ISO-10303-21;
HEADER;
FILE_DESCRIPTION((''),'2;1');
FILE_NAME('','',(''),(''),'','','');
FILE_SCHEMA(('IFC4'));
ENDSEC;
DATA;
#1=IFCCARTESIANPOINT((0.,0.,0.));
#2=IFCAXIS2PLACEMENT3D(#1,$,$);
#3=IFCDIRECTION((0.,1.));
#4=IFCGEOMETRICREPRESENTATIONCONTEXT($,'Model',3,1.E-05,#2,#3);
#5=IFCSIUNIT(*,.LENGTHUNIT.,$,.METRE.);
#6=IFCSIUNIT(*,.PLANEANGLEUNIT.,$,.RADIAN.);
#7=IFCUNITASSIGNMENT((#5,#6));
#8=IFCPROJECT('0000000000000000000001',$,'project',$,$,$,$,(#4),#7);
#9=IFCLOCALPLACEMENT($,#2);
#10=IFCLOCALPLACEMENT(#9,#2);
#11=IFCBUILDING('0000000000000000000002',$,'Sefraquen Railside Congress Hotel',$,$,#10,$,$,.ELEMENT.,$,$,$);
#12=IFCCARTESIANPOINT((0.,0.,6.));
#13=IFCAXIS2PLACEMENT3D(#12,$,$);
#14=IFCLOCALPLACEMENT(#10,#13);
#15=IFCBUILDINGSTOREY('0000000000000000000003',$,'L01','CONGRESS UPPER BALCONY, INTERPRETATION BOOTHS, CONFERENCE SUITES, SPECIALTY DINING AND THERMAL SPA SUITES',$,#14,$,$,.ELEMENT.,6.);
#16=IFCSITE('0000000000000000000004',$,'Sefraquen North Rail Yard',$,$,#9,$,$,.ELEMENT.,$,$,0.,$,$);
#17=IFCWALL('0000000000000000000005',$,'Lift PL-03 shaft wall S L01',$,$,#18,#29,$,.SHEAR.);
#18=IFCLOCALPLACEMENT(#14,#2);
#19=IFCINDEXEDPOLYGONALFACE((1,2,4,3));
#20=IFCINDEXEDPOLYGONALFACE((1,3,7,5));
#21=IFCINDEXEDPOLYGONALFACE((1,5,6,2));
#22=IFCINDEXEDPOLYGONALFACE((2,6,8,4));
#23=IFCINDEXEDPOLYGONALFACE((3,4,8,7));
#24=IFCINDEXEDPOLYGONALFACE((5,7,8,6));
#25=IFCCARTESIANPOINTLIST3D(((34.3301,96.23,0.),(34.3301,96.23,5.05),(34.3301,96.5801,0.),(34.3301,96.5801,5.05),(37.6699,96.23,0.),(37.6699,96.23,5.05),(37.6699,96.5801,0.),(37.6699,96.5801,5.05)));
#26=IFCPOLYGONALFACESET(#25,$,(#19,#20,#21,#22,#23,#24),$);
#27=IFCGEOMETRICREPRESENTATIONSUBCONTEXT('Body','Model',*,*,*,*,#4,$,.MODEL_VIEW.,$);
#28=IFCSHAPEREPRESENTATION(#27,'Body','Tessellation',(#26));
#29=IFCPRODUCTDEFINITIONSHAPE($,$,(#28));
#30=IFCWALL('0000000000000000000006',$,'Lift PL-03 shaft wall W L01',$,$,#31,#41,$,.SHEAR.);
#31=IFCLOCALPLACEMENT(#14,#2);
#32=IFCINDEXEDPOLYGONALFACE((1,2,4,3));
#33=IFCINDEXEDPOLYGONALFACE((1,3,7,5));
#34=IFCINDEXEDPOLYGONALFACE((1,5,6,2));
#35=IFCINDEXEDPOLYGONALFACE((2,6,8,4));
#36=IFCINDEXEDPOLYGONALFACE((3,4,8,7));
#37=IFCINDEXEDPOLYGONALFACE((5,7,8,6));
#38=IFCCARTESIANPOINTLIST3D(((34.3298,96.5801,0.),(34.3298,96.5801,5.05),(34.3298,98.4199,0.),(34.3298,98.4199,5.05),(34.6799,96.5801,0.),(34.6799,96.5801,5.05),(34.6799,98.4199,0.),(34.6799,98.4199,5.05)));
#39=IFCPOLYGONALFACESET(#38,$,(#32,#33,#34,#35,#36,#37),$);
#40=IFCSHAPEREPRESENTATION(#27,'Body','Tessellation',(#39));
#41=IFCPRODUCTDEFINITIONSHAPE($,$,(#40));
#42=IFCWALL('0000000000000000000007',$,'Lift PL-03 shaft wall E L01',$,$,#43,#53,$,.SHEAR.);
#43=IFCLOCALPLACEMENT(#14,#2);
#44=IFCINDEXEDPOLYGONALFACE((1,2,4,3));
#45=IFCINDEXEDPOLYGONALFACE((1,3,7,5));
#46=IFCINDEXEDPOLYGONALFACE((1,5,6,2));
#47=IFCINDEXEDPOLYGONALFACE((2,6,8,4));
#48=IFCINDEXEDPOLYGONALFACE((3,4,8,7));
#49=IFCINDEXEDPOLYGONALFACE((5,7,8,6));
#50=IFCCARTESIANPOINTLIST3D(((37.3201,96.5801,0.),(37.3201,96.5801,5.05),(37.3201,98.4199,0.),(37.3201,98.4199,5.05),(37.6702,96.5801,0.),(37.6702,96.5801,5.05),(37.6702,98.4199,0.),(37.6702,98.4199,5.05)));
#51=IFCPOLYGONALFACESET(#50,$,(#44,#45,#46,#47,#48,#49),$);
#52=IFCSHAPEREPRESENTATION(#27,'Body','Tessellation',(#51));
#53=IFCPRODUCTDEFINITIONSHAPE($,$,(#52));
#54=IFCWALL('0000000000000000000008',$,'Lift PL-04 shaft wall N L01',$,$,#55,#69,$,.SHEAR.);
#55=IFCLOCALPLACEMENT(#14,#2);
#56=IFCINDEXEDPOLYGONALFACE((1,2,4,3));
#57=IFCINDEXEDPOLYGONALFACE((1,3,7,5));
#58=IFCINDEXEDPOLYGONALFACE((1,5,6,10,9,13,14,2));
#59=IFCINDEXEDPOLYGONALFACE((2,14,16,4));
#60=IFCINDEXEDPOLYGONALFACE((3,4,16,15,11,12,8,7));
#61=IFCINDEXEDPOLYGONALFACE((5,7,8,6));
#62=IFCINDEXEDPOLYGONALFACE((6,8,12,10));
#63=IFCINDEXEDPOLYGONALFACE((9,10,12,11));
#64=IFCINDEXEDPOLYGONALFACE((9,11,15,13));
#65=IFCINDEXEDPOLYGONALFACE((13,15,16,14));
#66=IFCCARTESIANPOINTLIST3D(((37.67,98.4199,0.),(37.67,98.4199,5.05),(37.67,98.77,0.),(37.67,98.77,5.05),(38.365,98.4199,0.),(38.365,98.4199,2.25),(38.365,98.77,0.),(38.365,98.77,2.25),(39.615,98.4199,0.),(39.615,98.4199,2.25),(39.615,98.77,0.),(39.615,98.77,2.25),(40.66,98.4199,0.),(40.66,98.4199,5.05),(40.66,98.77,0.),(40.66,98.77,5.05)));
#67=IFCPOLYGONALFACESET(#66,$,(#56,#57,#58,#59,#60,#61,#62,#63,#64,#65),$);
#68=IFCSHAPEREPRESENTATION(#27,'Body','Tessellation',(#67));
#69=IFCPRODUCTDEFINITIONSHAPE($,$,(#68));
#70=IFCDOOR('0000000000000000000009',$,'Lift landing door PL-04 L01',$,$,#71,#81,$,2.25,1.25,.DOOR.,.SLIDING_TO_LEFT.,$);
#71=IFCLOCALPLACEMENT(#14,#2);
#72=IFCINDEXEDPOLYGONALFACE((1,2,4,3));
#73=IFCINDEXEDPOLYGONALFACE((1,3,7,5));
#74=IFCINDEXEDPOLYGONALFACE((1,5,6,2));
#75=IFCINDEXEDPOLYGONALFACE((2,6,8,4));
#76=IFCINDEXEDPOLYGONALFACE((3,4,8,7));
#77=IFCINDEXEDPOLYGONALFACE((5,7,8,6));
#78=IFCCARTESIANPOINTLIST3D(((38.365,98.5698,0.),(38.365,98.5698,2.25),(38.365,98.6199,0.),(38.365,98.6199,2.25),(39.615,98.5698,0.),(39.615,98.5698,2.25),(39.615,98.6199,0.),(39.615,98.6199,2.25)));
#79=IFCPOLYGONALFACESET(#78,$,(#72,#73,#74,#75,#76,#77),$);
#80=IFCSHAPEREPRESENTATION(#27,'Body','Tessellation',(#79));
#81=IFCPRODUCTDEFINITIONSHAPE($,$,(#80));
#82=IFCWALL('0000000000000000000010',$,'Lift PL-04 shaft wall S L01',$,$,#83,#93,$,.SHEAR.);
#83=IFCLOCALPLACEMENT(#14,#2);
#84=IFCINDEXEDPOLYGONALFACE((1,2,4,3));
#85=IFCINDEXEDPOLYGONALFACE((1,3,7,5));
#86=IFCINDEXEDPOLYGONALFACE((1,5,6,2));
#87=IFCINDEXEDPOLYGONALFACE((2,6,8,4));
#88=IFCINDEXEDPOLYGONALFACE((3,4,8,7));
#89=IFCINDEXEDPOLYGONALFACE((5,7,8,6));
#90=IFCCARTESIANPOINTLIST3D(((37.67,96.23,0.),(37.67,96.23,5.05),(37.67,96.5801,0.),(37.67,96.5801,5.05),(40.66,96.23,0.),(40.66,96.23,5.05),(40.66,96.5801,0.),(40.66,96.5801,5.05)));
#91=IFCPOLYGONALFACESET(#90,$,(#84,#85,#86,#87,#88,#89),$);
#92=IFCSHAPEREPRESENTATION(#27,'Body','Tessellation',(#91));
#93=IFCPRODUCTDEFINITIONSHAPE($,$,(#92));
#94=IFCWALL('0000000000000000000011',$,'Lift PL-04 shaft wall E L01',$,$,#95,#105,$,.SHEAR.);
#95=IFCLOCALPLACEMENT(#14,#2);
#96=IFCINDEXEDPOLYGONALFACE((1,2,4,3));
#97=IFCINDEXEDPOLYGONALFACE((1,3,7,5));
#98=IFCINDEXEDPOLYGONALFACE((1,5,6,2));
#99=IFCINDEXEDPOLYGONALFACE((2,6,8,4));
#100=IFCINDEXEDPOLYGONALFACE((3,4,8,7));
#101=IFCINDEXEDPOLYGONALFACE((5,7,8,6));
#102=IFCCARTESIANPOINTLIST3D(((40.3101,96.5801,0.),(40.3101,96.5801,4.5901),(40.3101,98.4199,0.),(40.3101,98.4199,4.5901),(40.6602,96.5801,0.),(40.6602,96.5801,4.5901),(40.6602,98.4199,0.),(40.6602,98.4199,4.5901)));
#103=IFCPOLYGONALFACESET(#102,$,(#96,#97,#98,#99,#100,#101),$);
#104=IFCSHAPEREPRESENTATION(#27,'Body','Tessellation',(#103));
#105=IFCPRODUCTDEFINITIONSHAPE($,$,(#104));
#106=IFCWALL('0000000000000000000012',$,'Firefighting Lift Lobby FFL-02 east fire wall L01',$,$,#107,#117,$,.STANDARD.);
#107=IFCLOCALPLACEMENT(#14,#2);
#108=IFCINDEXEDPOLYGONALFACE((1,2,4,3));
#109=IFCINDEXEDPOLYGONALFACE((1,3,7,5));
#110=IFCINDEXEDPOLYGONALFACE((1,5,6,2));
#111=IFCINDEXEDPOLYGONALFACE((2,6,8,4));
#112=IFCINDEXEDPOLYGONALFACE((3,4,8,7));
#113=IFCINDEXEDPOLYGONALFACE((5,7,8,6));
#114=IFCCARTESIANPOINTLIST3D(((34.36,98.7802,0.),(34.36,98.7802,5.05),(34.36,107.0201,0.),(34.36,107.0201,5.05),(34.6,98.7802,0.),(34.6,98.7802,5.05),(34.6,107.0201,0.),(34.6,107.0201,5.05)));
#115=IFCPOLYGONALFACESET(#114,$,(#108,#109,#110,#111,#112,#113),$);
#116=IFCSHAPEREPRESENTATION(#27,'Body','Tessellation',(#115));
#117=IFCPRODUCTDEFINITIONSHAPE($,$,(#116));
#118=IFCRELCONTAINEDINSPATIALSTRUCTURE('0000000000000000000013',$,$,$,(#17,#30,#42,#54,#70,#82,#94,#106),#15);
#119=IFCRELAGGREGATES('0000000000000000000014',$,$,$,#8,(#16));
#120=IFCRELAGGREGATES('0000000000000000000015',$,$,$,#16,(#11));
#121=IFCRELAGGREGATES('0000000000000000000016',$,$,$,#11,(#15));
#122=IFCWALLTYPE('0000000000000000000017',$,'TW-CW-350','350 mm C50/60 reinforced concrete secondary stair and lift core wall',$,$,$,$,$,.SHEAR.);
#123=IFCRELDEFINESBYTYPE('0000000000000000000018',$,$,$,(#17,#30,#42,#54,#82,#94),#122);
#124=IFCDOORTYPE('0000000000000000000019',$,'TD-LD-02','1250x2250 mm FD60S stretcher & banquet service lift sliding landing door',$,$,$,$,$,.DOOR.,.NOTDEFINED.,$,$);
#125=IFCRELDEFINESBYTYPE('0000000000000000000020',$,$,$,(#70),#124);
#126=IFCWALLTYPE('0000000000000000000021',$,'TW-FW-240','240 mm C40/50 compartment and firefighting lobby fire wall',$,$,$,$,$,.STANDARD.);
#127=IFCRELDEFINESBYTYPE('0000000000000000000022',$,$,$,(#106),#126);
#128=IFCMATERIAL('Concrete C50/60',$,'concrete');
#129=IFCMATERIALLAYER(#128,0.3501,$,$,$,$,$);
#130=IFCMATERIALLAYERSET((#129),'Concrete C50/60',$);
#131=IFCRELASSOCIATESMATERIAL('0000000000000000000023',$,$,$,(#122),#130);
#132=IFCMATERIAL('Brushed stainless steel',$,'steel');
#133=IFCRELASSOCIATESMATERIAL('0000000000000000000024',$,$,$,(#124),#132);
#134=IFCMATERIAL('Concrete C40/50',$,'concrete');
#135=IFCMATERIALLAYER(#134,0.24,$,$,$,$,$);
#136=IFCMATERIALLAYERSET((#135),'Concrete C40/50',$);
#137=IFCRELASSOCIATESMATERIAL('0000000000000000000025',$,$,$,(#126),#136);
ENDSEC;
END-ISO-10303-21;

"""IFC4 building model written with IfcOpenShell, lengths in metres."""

from ifc_helpers import new_model, si_unit, direction, frame, frame_2d, origin, place, context, subcontext, project, spatial, rectangle, extrude, material, layer, layer_set, type_object, element, fill, save


model = new_model("IFC4")

# Units and contexts
model_context = context("Model", 3, precision=1e-05, world=origin(), true_north=direction((0.0, 1.0)))
body_context = subcontext(model_context, "Body", "Model", "MODEL_VIEW")
ifc_project = project(units=[si_unit("LENGTHUNIT", "METRE"), si_unit("PLANEANGLEUNIT", "RADIAN")], contexts=[model_context])

# Site, building, storey
site_placement = place(None, origin())
site = spatial("IfcSite", under=ifc_project, at=site_placement, Name="Sefraquen North Rail Yard", CompositionType="ELEMENT", RefElevation=0.0)
building_placement = place(site_placement, origin())
building = spatial("IfcBuilding", under=site, at=building_placement, Name="Sefraquen Railside Congress Hotel", CompositionType="ELEMENT")
storey_placement = place(building_placement, frame((0.0, 0.0, 6.0)))
storey = spatial("IfcBuildingStorey", under=building, at=storey_placement, Name="L01", Description="CONGRESS UPPER BALCONY, INTERPRETATION BOOTHS, CONFERENCE SUITES, SPECIALTY DINING AND THERMAL SPA SUITES", CompositionType="ELEMENT", Elevation=6.0)

# Shared definitions
ifc_material_1 = material(Name="Concrete C50/60", Category="concrete")
ifc_layer_1 = layer(ifc_material_1, 0.3501)
ifc_layer_set_1 = layer_set([ifc_layer_1], Name="Concrete C50/60")
wall_type_1 = type_object("IfcWallType", Name="TW-CW-350", Description="350 mm C50/60 reinforced concrete secondary stair and lift core wall", PredefinedType="SHEAR", material=ifc_layer_set_1)
ifc_material_2 = material(Name="Brushed stainless steel", Category="steel")
door_type = type_object("IfcDoorType", Name="TD-LD-02", Description="1250x2250 mm FD60S stretcher & banquet service lift sliding landing door", OperationType="NOTDEFINED", PredefinedType="DOOR", material=ifc_material_2)

# Walls
wall_1_placement = place(storey_placement, frame((34.3301, 96.405, 0.0), z_axis=(0.0, 0.0, 1.0), x_axis=(1.0, 0.0, 0.0)))
element("IfcWall", 1, at=wall_1_placement, inside=storey, type_object=wall_type_1, Name="Lift PL-03 shaft wall S L01", PredefinedType="SHEAR", context=body_context, shape_type="SweptSolid", body=[
    extrude(rectangle(XDim=3.3398, YDim=0.3501, at=frame_2d((1.6699, 0.0))), origin(), (0.0, 0.0, 1.0), 5.05),
])
for number, where, z_axis, x_axis, name in (
    (2, (34.5049, 96.5801, 0.0), (0.0, 0.0, 1.0), (0.0, 1.0, 0.0), "Lift PL-03 shaft wall W L01"),
    (3, (37.4951, 96.5801, 0.0), (0.0, 0.0, 1.0), (0.0, 1.0, 0.0), "Lift PL-03 shaft wall E L01"),
):
    element("IfcWall", number, at=place(storey_placement, frame(where, z_axis=z_axis, x_axis=x_axis)), inside=storey, type_object=wall_type_1, Name=name, PredefinedType="SHEAR", context=body_context, shape_type="SweptSolid", body=[
        extrude(rectangle(XDim=1.8398, YDim=0.3501, at=frame_2d((0.9199, 0.0))), origin(), (0.0, 0.0, 1.0), 5.05),
    ])

# Wall, opening, door
wall_2_placement = place(storey_placement, frame((37.6699, 98.595, 0.0), z_axis=(0.0, 0.0, 1.0), x_axis=(1.0, 0.0, 0.0)))
wall_2 = element("IfcWall", 4, at=wall_2_placement, inside=storey, type_object=wall_type_1, Name="Lift PL-04 shaft wall N L01", PredefinedType="SHEAR", context=body_context, shape_type="SweptSolid", body=[
    extrude(rectangle(XDim=2.99, YDim=0.3501, at=frame_2d((1.4951, 0.0))), origin(), (0.0, 0.0, 1.0), 5.05),
])
opening_1_placement = place(wall_2_placement, frame((0.6951, 0.0, 0.0)))
opening_1 = element("IfcOpeningElement", 5, at=opening_1_placement, cuts=wall_2, PredefinedType="OPENING", context=body_context, shape_type="SweptSolid", body=[
    extrude(rectangle(XDim=1.25, YDim=2.25, at=frame_2d((0.625, 1.125))), frame((0.0, 0.1851, 0.0), z_axis=(0.0, -1.0, 0.0), x_axis=(1.0, 0.0, 0.0)), (0.0, 0.0, 1.0), 0.3701),
])
door_1_placement = place(opening_1_placement, origin())
door_1 = element("IfcDoor", 6, at=door_1_placement, inside=storey, type_object=door_type, Name="Lift landing door PL-04 L01", OperationType="SLIDING_TO_LEFT", OverallHeight=2.25, OverallWidth=1.25, PredefinedType="DOOR", context=body_context, shape_type="SweptSolid", body=[
    extrude(rectangle(XDim=1.25, YDim=2.25, at=frame_2d((0.625, 1.125))), frame((0.0, 0.0249, 0.0), z_axis=(0.0, -1.0, 0.0), x_axis=(1.0, 0.0, 0.0)), (0.0, 0.0, 1.0), 0.05),
])
fill(opening_1, door_1)

# Walls
wall_3_placement = place(storey_placement, frame((37.6699, 96.405, 0.0), z_axis=(0.0, 0.0, 1.0), x_axis=(1.0, 0.0, 0.0)))
element("IfcWall", 7, at=wall_3_placement, inside=storey, type_object=wall_type_1, Name="Lift PL-04 shaft wall S L01", PredefinedType="SHEAR", context=body_context, shape_type="SweptSolid", body=[
    extrude(rectangle(XDim=2.99, YDim=0.3501, at=frame_2d((1.4951, 0.0))), origin(), (0.0, 0.0, 1.0), 5.05),
])
wall_4_placement = place(storey_placement, frame((40.4851, 96.5801, 0.0), z_axis=(0.0, 0.0, 1.0), x_axis=(0.0, 1.0, 0.0)))
element("IfcWall", 8, at=wall_4_placement, inside=storey, type_object=wall_type_1, Name="Lift PL-04 shaft wall E L01", PredefinedType="SHEAR", context=body_context, shape_type="SweptSolid", body=[
    extrude(rectangle(XDim=1.8398, YDim=0.3501, at=frame_2d((0.9199, 0.0))), origin(), (0.0, 0.0, 1.0), 4.5901),
])
ifc_material_3 = material(Name="Concrete C40/50", Category="concrete")
ifc_layer_2 = layer(ifc_material_3, 0.24)
ifc_layer_set_2 = layer_set([ifc_layer_2], Name="Concrete C40/50")
wall_type_2 = type_object("IfcWallType", Name="TW-FW-240", Description="240 mm C40/50 compartment and firefighting lobby fire wall", PredefinedType="STANDARD", material=ifc_layer_set_2)
wall_5_placement = place(storey_placement, frame((34.48, 98.78, 0.0), z_axis=(0.0, 0.0, 1.0), x_axis=(0.0, 1.0, 0.0)))
element("IfcWall", 9, at=wall_5_placement, inside=storey, type_object=wall_type_2, Name="Firefighting Lift Lobby FFL-02 east fire wall L01", PredefinedType="STANDARD", context=body_context, shape_type="SweptSolid", body=[
    extrude(rectangle(XDim=8.24, YDim=0.24, at=frame_2d((4.1201, 0.0))), origin(), (0.0, 0.0, 1.0), 5.05),
])

save(model, "model.ifc")
